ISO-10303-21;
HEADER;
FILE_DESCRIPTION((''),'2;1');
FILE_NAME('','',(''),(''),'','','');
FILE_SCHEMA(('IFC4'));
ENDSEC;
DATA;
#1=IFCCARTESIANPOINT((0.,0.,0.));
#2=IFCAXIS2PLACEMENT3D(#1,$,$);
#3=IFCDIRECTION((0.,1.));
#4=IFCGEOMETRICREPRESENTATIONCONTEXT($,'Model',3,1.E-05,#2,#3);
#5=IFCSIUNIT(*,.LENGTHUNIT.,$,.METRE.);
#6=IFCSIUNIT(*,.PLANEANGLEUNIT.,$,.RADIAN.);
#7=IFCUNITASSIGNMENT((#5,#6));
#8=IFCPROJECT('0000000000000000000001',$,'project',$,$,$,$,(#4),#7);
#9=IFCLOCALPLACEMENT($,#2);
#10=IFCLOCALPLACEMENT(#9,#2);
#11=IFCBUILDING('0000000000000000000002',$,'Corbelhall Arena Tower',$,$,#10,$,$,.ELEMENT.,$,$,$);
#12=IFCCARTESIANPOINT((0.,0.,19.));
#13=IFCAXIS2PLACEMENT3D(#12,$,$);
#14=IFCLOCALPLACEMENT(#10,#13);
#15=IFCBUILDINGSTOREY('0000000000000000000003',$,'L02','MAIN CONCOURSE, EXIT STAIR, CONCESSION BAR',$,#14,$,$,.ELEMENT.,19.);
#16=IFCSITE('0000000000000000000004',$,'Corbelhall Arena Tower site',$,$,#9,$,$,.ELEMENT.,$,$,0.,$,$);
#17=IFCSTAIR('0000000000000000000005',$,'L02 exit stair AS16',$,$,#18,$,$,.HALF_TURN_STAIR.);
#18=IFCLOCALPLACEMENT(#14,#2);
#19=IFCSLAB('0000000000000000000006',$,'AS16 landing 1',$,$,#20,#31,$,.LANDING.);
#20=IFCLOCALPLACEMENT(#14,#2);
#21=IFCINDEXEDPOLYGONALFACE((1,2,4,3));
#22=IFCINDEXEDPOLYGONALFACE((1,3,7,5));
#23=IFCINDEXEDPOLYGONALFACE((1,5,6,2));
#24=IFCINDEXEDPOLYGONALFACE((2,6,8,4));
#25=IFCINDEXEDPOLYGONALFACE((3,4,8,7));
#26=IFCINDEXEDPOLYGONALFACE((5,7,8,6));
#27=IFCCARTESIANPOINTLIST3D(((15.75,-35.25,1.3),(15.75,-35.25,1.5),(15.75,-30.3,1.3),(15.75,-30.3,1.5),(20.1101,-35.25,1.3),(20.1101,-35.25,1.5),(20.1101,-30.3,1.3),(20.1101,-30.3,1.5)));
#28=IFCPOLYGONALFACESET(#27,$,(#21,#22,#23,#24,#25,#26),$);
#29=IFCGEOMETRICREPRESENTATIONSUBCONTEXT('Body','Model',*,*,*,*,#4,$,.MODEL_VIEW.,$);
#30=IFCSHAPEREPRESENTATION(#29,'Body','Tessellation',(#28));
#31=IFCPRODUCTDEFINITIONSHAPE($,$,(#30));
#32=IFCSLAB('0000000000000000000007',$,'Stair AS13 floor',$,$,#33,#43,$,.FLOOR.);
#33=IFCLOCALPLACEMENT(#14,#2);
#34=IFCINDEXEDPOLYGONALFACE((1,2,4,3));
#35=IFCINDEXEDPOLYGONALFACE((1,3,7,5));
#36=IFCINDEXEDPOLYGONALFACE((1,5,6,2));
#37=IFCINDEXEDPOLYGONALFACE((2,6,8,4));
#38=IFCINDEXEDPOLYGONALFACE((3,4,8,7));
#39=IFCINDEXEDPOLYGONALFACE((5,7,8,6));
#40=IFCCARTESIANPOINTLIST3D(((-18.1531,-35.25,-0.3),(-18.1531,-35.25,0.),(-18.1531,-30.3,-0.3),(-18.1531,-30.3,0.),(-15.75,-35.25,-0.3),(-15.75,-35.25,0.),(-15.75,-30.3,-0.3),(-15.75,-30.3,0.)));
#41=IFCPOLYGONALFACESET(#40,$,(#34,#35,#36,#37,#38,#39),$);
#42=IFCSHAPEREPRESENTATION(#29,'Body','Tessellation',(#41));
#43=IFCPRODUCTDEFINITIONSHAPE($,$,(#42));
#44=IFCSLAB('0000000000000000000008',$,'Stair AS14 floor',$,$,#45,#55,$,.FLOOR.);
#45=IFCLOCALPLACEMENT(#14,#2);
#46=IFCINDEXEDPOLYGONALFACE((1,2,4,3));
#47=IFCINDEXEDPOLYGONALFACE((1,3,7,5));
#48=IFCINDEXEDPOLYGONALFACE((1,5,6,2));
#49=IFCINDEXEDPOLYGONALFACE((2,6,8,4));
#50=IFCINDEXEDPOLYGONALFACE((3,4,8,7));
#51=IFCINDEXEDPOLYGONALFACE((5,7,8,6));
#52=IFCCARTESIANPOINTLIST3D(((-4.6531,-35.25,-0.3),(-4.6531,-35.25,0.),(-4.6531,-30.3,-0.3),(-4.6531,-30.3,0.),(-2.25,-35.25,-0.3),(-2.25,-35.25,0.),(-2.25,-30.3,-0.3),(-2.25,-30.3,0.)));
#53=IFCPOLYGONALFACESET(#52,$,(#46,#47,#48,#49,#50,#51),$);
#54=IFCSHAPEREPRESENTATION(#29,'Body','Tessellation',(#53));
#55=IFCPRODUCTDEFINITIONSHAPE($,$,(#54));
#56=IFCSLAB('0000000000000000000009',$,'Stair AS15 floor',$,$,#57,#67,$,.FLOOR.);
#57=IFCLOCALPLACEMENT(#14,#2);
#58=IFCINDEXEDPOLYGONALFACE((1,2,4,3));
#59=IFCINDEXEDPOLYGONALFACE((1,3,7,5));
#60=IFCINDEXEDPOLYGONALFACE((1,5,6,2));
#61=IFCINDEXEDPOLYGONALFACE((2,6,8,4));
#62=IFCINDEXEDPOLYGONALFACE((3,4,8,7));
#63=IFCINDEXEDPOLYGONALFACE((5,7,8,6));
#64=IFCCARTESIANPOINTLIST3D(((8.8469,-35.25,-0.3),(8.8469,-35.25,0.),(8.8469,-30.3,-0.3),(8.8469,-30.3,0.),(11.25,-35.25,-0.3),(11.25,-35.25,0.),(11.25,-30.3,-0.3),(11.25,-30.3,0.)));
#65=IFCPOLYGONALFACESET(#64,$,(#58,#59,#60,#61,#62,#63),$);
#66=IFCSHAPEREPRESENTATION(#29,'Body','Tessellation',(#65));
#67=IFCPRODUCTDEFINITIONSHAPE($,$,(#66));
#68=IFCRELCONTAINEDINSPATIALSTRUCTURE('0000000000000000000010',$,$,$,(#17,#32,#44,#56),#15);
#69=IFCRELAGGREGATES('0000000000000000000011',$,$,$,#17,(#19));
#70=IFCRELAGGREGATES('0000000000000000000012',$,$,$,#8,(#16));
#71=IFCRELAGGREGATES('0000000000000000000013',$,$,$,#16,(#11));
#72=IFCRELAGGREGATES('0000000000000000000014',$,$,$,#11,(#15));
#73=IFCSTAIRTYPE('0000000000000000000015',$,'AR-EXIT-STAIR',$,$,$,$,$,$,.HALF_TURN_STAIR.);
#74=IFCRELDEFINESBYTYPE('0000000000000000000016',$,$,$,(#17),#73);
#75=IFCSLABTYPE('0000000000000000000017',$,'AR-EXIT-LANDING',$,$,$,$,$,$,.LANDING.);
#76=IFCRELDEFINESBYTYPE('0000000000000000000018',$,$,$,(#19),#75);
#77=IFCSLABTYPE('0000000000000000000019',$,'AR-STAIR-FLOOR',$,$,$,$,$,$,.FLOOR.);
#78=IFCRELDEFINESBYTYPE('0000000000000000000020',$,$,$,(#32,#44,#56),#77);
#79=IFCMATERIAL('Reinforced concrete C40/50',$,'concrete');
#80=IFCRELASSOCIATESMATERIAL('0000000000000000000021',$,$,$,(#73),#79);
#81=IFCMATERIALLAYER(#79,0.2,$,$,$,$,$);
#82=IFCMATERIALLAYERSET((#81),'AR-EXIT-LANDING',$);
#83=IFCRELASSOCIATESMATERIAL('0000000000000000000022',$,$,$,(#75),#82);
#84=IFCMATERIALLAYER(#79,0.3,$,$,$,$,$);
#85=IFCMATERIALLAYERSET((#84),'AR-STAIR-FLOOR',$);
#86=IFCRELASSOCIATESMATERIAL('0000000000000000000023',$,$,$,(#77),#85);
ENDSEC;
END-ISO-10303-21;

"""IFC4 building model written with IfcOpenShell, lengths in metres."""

from ifc_helpers import new_model, si_unit, direction, frame, origin, place, context, subcontext, project, spatial, polyline, outline, extrude, material, layer, layer_set, type_object, element, aggregate, save


model = new_model("IFC4")

# Units and contexts
model_context = context("Model", 3, precision=1e-05, world=origin(), true_north=direction((0.0, 1.0)))
body_context = subcontext(model_context, "Body", "Model", "MODEL_VIEW")
ifc_project = project(units=[si_unit("LENGTHUNIT", "METRE"), si_unit("PLANEANGLEUNIT", "RADIAN")], contexts=[model_context])

# Site, building, storey
site_placement = place(None, origin())
site = spatial("IfcSite", under=ifc_project, at=site_placement, Name="Corbelhall Arena Tower site", CompositionType="ELEMENT", RefElevation=0.0)
building_placement = place(site_placement, origin())
building = spatial("IfcBuilding", under=site, at=building_placement, Name="Corbelhall Arena Tower", CompositionType="ELEMENT")
storey_placement = place(building_placement, frame((0.0, 0.0, 19.0)))
storey = spatial("IfcBuildingStorey", under=building, at=storey_placement, Name="L02", Description="MAIN CONCOURSE, EXIT STAIR, CONCESSION BAR", CompositionType="ELEMENT", Elevation=19.0)

# Shared definitions
ifc_material_1 = material(Name="Reinforced concrete C40/50", Category="concrete")
stair_type = type_object("IfcStairType", Name="AR-EXIT-STAIR", PredefinedType="HALF_TURN_STAIR", material=ifc_material_1)
ifc_layer_1 = layer(ifc_material_1, 0.2)
ifc_layer_set_1 = layer_set([ifc_layer_1], Name="AR-EXIT-LANDING")
slab_type_1 = type_object("IfcSlabType", Name="AR-EXIT-LANDING", PredefinedType="LANDING", material=ifc_layer_set_1)

# Stair, slab
stair_1_placement = place(storey_placement, origin())
stair_1 = element("IfcStair", 1, at=stair_1_placement, inside=storey, type_object=stair_type, Name="L02 exit stair AS16", PredefinedType="HALF_TURN_STAIR")
slab_1_placement = place(storey_placement, frame((0.0, 0.0, 1.3)))
slab_1 = element("IfcSlab", 2, at=slab_1_placement, type_object=slab_type_1, Name="AS16 landing 1", PredefinedType="LANDING", context=body_context, shape_type="SweptSolid", body=[
    extrude(outline(polyline([(20.1101, -30.3), (15.75, -30.3), (15.75, -35.25), (20.1101, -35.25), (20.1101, -30.3)])), origin(), (0.0, 0.0, 1.0), 0.2),
])
aggregate(stair_1, [slab_1])

# Slabs
ifc_layer_2 = layer(ifc_material_1, 0.3)
ifc_layer_set_2 = layer_set([ifc_layer_2], Name="AR-STAIR-FLOOR")
slab_type_2 = type_object("IfcSlabType", Name="AR-STAIR-FLOOR", PredefinedType="FLOOR", material=ifc_layer_set_2)
slab_2_placement = place(storey_placement, frame((0.0, 0.0, -0.3)))
element("IfcSlab", 3, at=slab_2_placement, inside=storey, type_object=slab_type_2, Name="Stair AS13 floor", PredefinedType="FLOOR", context=body_context, shape_type="SweptSolid", body=[
    extrude(outline(polyline([(-15.75, -30.3), (-15.75, -35.25), (-18.1531, -35.25), (-18.1531, -30.3), (-15.75, -30.3)])), origin(), (0.0, 0.0, 1.0), 0.3),
])
slab_3_placement = place(storey_placement, frame((0.0, 0.0, -0.3)))
element("IfcSlab", 4, at=slab_3_placement, inside=storey, type_object=slab_type_2, Name="Stair AS14 floor", PredefinedType="FLOOR", context=body_context, shape_type="SweptSolid", body=[
    extrude(outline(polyline([(-2.25, -30.3), (-2.25, -35.25), (-4.6531, -35.25), (-4.6531, -30.3), (-2.25, -30.3)])), origin(), (0.0, 0.0, 1.0), 0.3),
])
slab_4_placement = place(storey_placement, frame((0.0, 0.0, -0.3)))
element("IfcSlab", 5, at=slab_4_placement, inside=storey, type_object=slab_type_2, Name="Stair AS15 floor", PredefinedType="FLOOR", context=body_context, shape_type="SweptSolid", body=[
    extrude(outline(polyline([(11.25, -30.3), (11.25, -35.25), (8.8469, -35.25), (8.8469, -30.3), (11.25, -30.3)])), origin(), (0.0, 0.0, 1.0), 0.3),
])

save(model, "model.ifc")
